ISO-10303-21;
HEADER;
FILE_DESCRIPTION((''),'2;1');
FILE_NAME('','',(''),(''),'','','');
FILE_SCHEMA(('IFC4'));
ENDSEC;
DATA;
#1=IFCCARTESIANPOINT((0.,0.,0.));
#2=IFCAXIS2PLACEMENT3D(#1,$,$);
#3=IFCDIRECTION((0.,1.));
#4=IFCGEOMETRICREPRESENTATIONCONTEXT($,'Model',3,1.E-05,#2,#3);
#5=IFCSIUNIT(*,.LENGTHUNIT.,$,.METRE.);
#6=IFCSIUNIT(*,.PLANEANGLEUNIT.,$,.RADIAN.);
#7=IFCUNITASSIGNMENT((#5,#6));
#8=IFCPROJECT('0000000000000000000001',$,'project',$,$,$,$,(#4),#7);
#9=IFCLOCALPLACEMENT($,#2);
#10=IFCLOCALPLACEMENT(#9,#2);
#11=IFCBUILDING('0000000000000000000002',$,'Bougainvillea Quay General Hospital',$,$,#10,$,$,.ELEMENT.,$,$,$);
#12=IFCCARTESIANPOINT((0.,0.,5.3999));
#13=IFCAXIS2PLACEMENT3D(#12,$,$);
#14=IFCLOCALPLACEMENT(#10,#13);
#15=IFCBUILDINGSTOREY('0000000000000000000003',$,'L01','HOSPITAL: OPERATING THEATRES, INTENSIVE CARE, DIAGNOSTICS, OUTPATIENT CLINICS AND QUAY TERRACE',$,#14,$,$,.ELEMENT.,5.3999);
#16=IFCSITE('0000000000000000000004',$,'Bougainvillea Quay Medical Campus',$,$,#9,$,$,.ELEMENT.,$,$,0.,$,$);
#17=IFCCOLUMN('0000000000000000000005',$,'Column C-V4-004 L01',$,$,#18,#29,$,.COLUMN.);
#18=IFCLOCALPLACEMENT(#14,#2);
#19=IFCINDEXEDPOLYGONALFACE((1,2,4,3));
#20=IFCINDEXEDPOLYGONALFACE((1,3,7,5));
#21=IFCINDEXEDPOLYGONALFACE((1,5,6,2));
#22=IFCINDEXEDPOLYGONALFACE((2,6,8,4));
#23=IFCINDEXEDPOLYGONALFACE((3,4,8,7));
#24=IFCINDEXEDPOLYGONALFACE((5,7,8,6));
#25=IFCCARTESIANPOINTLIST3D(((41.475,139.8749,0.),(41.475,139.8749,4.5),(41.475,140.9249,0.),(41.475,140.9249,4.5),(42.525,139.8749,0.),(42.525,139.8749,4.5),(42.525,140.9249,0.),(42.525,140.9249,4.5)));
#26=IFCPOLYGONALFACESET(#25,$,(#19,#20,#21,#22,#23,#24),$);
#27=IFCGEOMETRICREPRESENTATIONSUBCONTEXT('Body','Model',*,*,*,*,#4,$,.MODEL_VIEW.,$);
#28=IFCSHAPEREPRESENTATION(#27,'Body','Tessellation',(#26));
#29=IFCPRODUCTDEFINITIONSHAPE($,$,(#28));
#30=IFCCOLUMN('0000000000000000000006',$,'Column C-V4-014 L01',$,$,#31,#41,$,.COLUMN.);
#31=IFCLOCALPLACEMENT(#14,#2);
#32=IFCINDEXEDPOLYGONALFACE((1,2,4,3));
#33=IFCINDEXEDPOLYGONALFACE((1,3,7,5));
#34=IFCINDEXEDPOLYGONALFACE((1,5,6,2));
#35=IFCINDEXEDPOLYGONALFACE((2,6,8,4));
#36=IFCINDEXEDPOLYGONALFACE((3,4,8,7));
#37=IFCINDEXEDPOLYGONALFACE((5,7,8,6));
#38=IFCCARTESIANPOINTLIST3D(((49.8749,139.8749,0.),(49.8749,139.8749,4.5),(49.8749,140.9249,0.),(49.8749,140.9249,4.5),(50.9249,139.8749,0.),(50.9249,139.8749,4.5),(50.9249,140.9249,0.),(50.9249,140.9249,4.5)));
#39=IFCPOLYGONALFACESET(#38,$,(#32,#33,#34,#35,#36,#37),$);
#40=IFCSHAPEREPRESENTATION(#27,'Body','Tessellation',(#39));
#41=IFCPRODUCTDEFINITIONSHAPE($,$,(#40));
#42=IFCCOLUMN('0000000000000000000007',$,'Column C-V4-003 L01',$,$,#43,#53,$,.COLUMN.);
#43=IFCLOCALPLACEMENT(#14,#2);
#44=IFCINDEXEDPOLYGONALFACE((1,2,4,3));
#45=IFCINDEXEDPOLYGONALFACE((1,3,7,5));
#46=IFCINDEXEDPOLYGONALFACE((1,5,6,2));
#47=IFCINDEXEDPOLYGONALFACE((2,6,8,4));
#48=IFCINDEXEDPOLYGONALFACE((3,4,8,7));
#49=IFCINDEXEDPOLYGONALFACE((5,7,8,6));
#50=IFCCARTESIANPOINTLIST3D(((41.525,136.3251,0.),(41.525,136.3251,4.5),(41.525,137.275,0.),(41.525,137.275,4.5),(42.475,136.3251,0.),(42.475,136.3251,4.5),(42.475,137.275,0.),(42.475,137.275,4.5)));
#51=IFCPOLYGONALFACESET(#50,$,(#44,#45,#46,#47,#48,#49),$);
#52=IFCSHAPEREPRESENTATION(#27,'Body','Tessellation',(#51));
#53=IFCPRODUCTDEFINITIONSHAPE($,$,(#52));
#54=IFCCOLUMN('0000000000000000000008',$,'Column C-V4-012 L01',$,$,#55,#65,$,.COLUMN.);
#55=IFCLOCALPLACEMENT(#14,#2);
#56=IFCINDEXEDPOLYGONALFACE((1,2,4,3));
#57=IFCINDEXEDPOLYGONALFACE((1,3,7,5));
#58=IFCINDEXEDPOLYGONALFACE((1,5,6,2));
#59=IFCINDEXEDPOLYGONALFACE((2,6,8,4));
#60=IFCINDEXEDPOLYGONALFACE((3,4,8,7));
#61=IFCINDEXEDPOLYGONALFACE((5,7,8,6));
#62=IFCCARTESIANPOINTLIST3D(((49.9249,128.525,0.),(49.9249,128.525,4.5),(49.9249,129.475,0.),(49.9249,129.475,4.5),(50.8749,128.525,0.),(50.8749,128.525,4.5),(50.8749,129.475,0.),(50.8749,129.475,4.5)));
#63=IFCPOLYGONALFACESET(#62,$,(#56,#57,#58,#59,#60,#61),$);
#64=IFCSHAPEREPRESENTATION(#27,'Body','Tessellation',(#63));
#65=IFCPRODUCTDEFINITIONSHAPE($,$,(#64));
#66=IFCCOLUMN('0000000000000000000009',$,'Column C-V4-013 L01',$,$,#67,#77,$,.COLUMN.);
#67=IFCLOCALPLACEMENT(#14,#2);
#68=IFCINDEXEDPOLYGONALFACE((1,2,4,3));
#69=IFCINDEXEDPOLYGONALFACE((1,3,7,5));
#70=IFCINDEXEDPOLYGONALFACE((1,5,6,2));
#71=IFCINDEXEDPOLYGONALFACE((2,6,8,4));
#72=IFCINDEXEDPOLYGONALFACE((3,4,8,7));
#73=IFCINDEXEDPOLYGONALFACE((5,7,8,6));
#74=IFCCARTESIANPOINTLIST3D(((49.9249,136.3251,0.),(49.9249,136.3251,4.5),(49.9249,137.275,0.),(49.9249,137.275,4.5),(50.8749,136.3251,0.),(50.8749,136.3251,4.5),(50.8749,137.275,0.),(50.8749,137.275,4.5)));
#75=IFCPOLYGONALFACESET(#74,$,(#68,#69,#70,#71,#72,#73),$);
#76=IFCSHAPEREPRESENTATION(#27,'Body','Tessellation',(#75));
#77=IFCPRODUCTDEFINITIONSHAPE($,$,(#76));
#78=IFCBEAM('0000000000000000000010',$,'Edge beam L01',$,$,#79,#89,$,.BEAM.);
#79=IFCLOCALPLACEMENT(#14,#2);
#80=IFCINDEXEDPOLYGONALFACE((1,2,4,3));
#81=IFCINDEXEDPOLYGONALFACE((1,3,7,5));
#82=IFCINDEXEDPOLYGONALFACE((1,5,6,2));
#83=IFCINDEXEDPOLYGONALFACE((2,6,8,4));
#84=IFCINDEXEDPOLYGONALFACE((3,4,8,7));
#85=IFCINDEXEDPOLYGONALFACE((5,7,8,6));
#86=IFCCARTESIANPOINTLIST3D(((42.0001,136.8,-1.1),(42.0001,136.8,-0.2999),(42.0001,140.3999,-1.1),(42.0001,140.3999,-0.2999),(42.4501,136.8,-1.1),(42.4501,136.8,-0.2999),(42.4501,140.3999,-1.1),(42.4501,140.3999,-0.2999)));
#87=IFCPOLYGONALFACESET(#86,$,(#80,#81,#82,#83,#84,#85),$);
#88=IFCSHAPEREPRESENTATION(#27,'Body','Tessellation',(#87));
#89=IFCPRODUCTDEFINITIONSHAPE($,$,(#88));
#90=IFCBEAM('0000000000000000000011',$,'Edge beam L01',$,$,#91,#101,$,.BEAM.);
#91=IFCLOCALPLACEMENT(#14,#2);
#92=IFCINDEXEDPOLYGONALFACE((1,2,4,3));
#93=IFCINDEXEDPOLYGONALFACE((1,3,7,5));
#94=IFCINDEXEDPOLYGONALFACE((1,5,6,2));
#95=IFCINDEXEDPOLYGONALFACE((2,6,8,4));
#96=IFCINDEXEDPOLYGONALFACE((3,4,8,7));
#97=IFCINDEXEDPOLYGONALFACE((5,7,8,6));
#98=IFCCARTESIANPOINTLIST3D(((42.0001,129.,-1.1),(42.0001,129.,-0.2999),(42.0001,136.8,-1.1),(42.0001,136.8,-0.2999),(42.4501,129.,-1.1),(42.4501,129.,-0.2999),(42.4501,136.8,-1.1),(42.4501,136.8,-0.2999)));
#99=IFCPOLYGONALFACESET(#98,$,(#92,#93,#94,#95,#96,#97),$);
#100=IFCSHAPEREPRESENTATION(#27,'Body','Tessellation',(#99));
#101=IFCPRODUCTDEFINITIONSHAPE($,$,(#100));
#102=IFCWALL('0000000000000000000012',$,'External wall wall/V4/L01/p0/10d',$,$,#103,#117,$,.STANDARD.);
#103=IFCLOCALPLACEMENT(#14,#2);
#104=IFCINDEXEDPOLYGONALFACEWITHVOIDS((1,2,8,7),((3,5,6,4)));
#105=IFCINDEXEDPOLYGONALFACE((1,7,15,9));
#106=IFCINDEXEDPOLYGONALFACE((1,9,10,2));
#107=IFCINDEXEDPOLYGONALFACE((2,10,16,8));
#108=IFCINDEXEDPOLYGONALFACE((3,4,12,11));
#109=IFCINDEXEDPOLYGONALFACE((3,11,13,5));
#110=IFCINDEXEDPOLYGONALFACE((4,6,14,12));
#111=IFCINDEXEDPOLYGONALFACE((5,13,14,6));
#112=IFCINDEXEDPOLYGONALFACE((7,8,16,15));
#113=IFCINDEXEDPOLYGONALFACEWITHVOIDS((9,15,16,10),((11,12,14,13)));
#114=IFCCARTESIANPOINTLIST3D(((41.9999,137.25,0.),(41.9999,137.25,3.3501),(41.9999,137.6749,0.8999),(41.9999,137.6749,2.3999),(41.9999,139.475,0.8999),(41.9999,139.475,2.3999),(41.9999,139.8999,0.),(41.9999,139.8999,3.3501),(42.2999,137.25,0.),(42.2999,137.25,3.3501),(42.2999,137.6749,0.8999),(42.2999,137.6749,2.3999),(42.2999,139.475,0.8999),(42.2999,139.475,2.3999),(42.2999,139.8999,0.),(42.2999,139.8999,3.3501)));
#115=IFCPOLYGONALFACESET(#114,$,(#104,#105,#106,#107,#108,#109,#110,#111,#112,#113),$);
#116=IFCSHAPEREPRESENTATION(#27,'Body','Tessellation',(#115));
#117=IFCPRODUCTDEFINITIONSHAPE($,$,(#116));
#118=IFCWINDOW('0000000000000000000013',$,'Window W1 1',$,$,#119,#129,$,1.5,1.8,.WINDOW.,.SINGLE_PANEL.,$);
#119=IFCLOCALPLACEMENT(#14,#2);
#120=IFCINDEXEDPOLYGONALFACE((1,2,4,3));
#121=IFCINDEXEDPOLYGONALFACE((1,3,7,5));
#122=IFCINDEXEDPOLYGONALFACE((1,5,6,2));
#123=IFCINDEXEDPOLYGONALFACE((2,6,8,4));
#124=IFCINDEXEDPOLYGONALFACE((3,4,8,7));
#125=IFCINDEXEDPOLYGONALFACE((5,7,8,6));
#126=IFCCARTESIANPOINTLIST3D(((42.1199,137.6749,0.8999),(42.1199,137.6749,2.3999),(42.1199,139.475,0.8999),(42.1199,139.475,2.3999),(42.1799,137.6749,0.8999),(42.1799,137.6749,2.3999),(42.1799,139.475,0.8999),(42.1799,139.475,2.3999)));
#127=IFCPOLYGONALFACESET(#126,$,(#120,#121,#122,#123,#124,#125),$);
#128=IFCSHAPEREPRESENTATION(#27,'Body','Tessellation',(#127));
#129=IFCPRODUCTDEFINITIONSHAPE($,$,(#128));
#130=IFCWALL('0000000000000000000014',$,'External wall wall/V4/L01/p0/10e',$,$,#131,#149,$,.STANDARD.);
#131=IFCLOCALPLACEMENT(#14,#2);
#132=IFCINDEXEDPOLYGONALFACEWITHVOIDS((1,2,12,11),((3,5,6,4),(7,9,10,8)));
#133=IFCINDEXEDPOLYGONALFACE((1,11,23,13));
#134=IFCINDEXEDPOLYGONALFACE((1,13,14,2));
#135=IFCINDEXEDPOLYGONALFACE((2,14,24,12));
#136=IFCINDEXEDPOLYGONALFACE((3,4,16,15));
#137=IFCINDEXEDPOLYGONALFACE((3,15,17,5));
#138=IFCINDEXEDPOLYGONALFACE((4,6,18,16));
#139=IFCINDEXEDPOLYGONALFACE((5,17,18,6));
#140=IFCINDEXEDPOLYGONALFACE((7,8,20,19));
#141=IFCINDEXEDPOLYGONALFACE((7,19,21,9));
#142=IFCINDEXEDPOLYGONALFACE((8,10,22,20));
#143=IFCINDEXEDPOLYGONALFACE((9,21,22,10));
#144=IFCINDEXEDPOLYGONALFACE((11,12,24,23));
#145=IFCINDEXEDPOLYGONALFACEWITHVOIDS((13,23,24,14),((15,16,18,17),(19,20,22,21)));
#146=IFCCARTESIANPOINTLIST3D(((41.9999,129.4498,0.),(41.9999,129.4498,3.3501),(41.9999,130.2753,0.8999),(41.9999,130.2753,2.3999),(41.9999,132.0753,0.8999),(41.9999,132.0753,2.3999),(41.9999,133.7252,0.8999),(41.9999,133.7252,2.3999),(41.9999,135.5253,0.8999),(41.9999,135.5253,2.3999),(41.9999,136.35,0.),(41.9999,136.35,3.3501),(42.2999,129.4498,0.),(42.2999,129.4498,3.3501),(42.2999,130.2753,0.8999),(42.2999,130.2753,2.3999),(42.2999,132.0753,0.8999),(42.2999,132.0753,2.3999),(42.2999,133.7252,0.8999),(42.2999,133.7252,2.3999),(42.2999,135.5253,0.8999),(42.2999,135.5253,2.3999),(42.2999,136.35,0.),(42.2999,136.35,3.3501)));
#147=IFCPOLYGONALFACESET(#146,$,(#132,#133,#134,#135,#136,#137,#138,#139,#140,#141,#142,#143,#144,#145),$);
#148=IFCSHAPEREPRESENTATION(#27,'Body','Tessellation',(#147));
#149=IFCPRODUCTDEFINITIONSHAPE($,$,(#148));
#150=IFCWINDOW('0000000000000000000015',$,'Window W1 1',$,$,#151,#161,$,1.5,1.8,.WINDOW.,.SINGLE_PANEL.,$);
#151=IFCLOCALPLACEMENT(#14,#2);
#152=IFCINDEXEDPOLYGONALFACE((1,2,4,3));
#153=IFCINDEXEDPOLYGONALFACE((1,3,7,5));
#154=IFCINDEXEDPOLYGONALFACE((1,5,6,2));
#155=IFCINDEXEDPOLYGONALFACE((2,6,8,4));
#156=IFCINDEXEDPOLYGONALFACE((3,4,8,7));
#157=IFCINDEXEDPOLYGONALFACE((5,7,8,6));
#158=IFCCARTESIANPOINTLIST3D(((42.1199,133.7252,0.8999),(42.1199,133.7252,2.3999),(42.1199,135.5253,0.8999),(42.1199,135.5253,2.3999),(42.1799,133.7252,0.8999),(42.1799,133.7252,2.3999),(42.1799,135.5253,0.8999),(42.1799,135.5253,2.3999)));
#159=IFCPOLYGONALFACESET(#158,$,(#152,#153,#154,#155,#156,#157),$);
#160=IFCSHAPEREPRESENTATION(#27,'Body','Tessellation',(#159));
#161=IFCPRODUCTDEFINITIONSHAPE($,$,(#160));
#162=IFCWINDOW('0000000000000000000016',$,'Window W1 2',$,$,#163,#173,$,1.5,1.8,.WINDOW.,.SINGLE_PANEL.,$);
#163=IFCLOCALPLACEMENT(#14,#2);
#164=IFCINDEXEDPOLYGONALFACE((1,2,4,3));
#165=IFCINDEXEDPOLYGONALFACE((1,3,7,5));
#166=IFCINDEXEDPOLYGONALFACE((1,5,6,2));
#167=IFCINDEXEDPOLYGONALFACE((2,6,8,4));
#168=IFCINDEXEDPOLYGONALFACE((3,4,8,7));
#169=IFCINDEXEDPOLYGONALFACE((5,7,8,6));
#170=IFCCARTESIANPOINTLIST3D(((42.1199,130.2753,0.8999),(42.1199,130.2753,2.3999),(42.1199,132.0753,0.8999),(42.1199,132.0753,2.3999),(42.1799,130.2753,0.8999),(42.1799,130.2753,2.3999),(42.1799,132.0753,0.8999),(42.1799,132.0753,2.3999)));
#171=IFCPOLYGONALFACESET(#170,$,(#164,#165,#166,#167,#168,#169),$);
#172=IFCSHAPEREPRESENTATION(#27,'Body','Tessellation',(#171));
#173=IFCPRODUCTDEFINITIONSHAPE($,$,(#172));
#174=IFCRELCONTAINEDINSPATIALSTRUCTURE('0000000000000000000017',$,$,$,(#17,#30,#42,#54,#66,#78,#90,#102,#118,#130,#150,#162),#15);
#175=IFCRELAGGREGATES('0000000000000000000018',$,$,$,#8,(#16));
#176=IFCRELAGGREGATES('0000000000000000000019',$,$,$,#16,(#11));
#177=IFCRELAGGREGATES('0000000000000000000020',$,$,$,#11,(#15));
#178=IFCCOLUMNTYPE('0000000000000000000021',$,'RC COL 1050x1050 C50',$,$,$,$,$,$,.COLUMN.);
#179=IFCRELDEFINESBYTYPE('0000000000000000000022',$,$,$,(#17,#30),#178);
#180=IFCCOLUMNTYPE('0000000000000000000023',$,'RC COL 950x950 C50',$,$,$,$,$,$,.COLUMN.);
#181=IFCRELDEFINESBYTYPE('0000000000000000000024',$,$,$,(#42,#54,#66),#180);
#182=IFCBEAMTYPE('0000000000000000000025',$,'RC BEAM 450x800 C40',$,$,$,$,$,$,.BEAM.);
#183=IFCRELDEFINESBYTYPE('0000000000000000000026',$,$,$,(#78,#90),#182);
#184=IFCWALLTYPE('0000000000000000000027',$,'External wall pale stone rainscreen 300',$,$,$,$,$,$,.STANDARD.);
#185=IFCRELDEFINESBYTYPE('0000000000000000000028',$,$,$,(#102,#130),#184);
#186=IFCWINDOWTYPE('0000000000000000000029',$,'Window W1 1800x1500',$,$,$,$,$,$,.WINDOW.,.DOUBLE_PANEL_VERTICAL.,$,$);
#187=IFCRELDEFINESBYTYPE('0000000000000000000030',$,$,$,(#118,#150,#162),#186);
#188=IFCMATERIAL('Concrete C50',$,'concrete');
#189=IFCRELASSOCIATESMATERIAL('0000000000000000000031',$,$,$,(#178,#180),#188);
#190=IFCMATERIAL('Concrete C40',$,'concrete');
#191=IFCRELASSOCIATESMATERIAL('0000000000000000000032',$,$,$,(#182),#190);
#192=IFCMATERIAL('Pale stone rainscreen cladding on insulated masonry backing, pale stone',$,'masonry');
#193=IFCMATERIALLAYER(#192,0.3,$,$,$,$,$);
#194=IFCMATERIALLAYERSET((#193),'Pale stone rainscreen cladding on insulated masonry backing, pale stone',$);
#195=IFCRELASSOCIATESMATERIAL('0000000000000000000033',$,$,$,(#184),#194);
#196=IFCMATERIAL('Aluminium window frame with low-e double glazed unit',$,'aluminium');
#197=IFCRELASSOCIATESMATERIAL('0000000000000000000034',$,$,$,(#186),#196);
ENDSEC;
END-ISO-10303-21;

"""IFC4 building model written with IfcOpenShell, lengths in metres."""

from ifc_helpers import new_model, si_unit, direction, frame, frame_2d, origin, origin_2d, place, context, subcontext, project, spatial, rectangle, extrude, material, layer, layer_set, material_profile, profile_set, type_object, element, fill, save


model = new_model("IFC4")

# Units and contexts
model_context = context("Model", 3, precision=1e-05, world=origin(), true_north=direction((0.0, 1.0)))
body_context = subcontext(model_context, "Body", "Model", "MODEL_VIEW")
ifc_project = project(units=[si_unit("LENGTHUNIT", "METRE"), si_unit("PLANEANGLEUNIT", "RADIAN")], contexts=[model_context])

# Site, building, storey
site_placement = place(None, origin())
site = spatial("IfcSite", under=ifc_project, at=site_placement, Name="Bougainvillea Quay Medical Campus", CompositionType="ELEMENT", RefElevation=0.0)
building_placement = place(site_placement, origin())
building = spatial("IfcBuilding", under=site, at=building_placement, Name="Bougainvillea Quay General Hospital", CompositionType="ELEMENT")
storey_placement = place(building_placement, frame((0.0, 0.0, 5.3999)))
storey = spatial("IfcBuildingStorey", under=building, at=storey_placement, Name="L01", Description="HOSPITAL: OPERATING THEATRES, INTENSIVE CARE, DIAGNOSTICS, OUTPATIENT CLINICS AND QUAY TERRACE", CompositionType="ELEMENT", Elevation=5.3999)

# Columns
ifc_material_1 = material(Name="Concrete C50", Category="concrete")
ifc_material_profile_1 = material_profile(ifc_material_1, rectangle(XDim=1.05, YDim=1.05, at=origin_2d()))
ifc_profile_set_1 = profile_set([ifc_material_profile_1], Name="Concrete C50")
column_type_1 = type_object("IfcColumnType", Name="RC COL 1050x1050 C50", PredefinedType="COLUMN", material=ifc_profile_set_1)
for number, where, z_axis, x_axis, name in (
    (1, (42.0, 140.3999, 0.0), (0.0, 0.0, 1.0), (1.0, 0.0, 0.0), "Column C-V4-004 L01"),
    (2, (50.3999, 140.3999, 0.0), (0.0, 0.0, 1.0), (1.0, 0.0, 0.0), "Column C-V4-014 L01"),
):
    element("IfcColumn", number, at=place(storey_placement, frame(where, z_axis=z_axis, x_axis=x_axis)), inside=storey, type_object=column_type_1, Name=name, PredefinedType="COLUMN", context=body_context, shape_type="SweptSolid", body=[
        extrude(rectangle(XDim=1.05, YDim=1.05, at=origin_2d()), origin(), (0.0, 0.0, 1.0), 4.5),
    ])
ifc_material_profile_2 = material_profile(ifc_material_1, rectangle(XDim=0.95, YDim=0.95, at=origin_2d()))
ifc_profile_set_2 = profile_set([ifc_material_profile_2], Name="Concrete C50")
column_type_2 = type_object("IfcColumnType", Name="RC COL 950x950 C50", PredefinedType="COLUMN", material=ifc_profile_set_2)
for number, where, z_axis, x_axis, name in (
    (3, (42.0, 136.8, 0.0), (0.0, 0.0, 1.0), (1.0, 0.0, 0.0), "Column C-V4-003 L01"),
    (4, (50.3999, 129.0, 0.0), (0.0, 0.0, 1.0), (1.0, 0.0, 0.0), "Column C-V4-012 L01"),
    (5, (50.3999, 136.8, 0.0), (0.0, 0.0, 1.0), (1.0, 0.0, 0.0), "Column C-V4-013 L01"),
):
    element("IfcColumn", number, at=place(storey_placement, frame(where, z_axis=z_axis, x_axis=x_axis)), inside=storey, type_object=column_type_2, Name=name, PredefinedType="COLUMN", context=body_context, shape_type="SweptSolid", body=[
        extrude(rectangle(XDim=0.95, YDim=0.95, at=origin_2d()), origin(), (0.0, 0.0, 1.0), 4.5),
    ])

# Beams
ifc_material_2 = material(Name="Concrete C40", Category="concrete")
ifc_material_profile_3 = material_profile(ifc_material_2, rectangle(XDim=0.45, YDim=0.8, at=origin_2d()))
ifc_profile_set_3 = profile_set([ifc_material_profile_3], Name="Concrete C40")
beam_type = type_object("IfcBeamType", Name="RC BEAM 450x800 C40", PredefinedType="BEAM", material=ifc_profile_set_3)
beam_1_placement = place(storey_placement, frame((42.2251, 140.3999, -0.7), z_axis=(0.0, -1.0, 0.0), x_axis=(1.0, 0.0, 0.0)))
element("IfcBeam", 6, at=beam_1_placement, inside=storey, type_object=beam_type, Name="Edge beam L01", PredefinedType="BEAM", context=body_context, shape_type="SweptSolid", body=[
    extrude(rectangle(XDim=0.45, YDim=0.8, at=origin_2d()), origin(), (0.0, 0.0, 1.0), 3.5999),
])
beam_2_placement = place(storey_placement, frame((42.2251, 136.8, -0.7), z_axis=(0.0, -1.0, 0.0), x_axis=(1.0, 0.0, 0.0)))
element("IfcBeam", 7, at=beam_2_placement, inside=storey, type_object=beam_type, Name="Edge beam L01", PredefinedType="BEAM", context=body_context, shape_type="SweptSolid", body=[
    extrude(rectangle(XDim=0.45, YDim=0.8, at=origin_2d()), origin(), (0.0, 0.0, 1.0), 7.8),
])

# Wall, opening, window
ifc_material_3 = material(Name="Pale stone rainscreen cladding on insulated masonry backing, pale stone", Category="masonry")
ifc_layer_1 = layer(ifc_material_3, 0.3)
ifc_layer_set_1 = layer_set([ifc_layer_1], Name="Pale stone rainscreen cladding on insulated masonry backing, pale stone")
wall_type_1 = type_object("IfcWallType", Name="External wall pale stone rainscreen 300", PredefinedType="STANDARD", material=ifc_layer_set_1)
wall_1_placement = place(storey_placement, frame((42.1499, 139.8999, 0.0), z_axis=(0.0, 0.0, 1.0), x_axis=(0.0, -1.0, 0.0)))
wall_1 = element("IfcWall", 8, at=wall_1_placement, inside=storey, type_object=wall_type_1, Name="External wall wall/V4/L01/p0/10d", PredefinedType="STANDARD", context=body_context, shape_type="SweptSolid", body=[
    extrude(rectangle(XDim=2.6499, YDim=0.3, at=frame_2d((1.325, 0.0))), origin(), (0.0, 0.0, 1.0), 3.3501),
])
opening_1_placement = place(wall_1_placement, frame((0.425, 0.0, 0.8999)))
opening_1 = element("IfcOpeningElement", 9, at=opening_1_placement, cuts=wall_1, PredefinedType="OPENING", context=body_context, shape_type="SweptSolid", body=[
    extrude(rectangle(XDim=1.8, YDim=1.5, at=frame_2d((0.8999, 0.75))), frame((0.0, 0.1599, 0.0), z_axis=(0.0, -1.0, 0.0), x_axis=(1.0, 0.0, 0.0)), (0.0, 0.0, 1.0), 0.3201),
])
ifc_material_4 = material(Name="Aluminium window frame with low-e double glazed unit", Category="aluminium")
window_type = type_object("IfcWindowType", Name="Window W1 1800x1500", PartitioningType="DOUBLE_PANEL_VERTICAL", PredefinedType="WINDOW", material=ifc_material_4)
window_1_placement = place(opening_1_placement, origin())
window_1 = element("IfcWindow", 10, at=window_1_placement, inside=storey, type_object=window_type, Name="Window W1 1", OverallHeight=1.5, OverallWidth=1.8, PartitioningType="SINGLE_PANEL", PredefinedType="WINDOW", context=body_context, shape_type="SweptSolid", body=[
    extrude(rectangle(XDim=1.8, YDim=1.5, at=frame_2d((0.8999, 0.75))), frame((0.0, 0.03, 0.0), z_axis=(0.0, -1.0, 0.0), x_axis=(1.0, 0.0, 0.0)), (0.0, 0.0, 1.0), 0.0601),
])
fill(opening_1, window_1)

# Wall, openings, windows
wall_2_placement = place(storey_placement, frame((42.1499, 136.3501, 0.0), z_axis=(0.0, 0.0, 1.0), x_axis=(0.0, -1.0, 0.0)))
wall_2 = element("IfcWall", 11, at=wall_2_placement, inside=storey, type_object=wall_type_1, Name="External wall wall/V4/L01/p0/10e", PredefinedType="STANDARD", context=body_context, shape_type="SweptSolid", body=[
    extrude(rectangle(XDim=6.9001, YDim=0.3, at=frame_2d((3.4502, 0.0))), origin(), (0.0, 0.0, 1.0), 3.3501),
])
opening_2_placement = place(wall_2_placement, frame((0.825, 0.0, 0.8999)))
opening_2 = element("IfcOpeningElement", 12, at=opening_2_placement, cuts=wall_2, PredefinedType="OPENING", context=body_context, shape_type="SweptSolid", body=[
    extrude(rectangle(XDim=1.8, YDim=1.5, at=frame_2d((0.8999, 0.75))), frame((0.0, 0.1599, 0.0), z_axis=(0.0, -1.0, 0.0), x_axis=(1.0, 0.0, 0.0)), (0.0, 0.0, 1.0), 0.3201),
])
opening_3_placement = place(wall_2_placement, frame((4.2749, 0.0, 0.8999)))
opening_3 = element("IfcOpeningElement", 13, at=opening_3_placement, cuts=wall_2, PredefinedType="OPENING", context=body_context, shape_type="SweptSolid", body=[
    extrude(rectangle(XDim=1.8, YDim=1.5, at=frame_2d((0.8999, 0.75))), frame((0.0, 0.1599, 0.0), z_axis=(0.0, -1.0, 0.0), x_axis=(1.0, 0.0, 0.0)), (0.0, 0.0, 1.0), 0.3201),
])
window_2_placement = place(opening_2_placement, origin())
window_2 = element("IfcWindow", 14, at=window_2_placement, inside=storey, type_object=window_type, Name="Window W1 1", OverallHeight=1.5, OverallWidth=1.8, PartitioningType="SINGLE_PANEL", PredefinedType="WINDOW", context=body_context, shape_type="SweptSolid", body=[
    extrude(rectangle(XDim=1.8, YDim=1.5, at=frame_2d((0.8999, 0.75))), frame((0.0, 0.03, 0.0), z_axis=(0.0, -1.0, 0.0), x_axis=(1.0, 0.0, 0.0)), (0.0, 0.0, 1.0), 0.0601),
])
fill(opening_2, window_2)
window_3_placement = place(opening_3_placement, origin())
window_3 = element("IfcWindow", 15, at=window_3_placement, inside=storey, type_object=window_type, Name="Window W1 2", OverallHeight=1.5, OverallWidth=1.8, PartitioningType="SINGLE_PANEL", PredefinedType="WINDOW", context=body_context, shape_type="SweptSolid", body=[
    extrude(rectangle(XDim=1.8, YDim=1.5, at=frame_2d((0.8999, 0.75))), frame((0.0, 0.03, 0.0), z_axis=(0.0, -1.0, 0.0), x_axis=(1.0, 0.0, 0.0)), (0.0, 0.0, 1.0), 0.0601),
])
fill(opening_3, window_3)

save(model, "model.ifc")
